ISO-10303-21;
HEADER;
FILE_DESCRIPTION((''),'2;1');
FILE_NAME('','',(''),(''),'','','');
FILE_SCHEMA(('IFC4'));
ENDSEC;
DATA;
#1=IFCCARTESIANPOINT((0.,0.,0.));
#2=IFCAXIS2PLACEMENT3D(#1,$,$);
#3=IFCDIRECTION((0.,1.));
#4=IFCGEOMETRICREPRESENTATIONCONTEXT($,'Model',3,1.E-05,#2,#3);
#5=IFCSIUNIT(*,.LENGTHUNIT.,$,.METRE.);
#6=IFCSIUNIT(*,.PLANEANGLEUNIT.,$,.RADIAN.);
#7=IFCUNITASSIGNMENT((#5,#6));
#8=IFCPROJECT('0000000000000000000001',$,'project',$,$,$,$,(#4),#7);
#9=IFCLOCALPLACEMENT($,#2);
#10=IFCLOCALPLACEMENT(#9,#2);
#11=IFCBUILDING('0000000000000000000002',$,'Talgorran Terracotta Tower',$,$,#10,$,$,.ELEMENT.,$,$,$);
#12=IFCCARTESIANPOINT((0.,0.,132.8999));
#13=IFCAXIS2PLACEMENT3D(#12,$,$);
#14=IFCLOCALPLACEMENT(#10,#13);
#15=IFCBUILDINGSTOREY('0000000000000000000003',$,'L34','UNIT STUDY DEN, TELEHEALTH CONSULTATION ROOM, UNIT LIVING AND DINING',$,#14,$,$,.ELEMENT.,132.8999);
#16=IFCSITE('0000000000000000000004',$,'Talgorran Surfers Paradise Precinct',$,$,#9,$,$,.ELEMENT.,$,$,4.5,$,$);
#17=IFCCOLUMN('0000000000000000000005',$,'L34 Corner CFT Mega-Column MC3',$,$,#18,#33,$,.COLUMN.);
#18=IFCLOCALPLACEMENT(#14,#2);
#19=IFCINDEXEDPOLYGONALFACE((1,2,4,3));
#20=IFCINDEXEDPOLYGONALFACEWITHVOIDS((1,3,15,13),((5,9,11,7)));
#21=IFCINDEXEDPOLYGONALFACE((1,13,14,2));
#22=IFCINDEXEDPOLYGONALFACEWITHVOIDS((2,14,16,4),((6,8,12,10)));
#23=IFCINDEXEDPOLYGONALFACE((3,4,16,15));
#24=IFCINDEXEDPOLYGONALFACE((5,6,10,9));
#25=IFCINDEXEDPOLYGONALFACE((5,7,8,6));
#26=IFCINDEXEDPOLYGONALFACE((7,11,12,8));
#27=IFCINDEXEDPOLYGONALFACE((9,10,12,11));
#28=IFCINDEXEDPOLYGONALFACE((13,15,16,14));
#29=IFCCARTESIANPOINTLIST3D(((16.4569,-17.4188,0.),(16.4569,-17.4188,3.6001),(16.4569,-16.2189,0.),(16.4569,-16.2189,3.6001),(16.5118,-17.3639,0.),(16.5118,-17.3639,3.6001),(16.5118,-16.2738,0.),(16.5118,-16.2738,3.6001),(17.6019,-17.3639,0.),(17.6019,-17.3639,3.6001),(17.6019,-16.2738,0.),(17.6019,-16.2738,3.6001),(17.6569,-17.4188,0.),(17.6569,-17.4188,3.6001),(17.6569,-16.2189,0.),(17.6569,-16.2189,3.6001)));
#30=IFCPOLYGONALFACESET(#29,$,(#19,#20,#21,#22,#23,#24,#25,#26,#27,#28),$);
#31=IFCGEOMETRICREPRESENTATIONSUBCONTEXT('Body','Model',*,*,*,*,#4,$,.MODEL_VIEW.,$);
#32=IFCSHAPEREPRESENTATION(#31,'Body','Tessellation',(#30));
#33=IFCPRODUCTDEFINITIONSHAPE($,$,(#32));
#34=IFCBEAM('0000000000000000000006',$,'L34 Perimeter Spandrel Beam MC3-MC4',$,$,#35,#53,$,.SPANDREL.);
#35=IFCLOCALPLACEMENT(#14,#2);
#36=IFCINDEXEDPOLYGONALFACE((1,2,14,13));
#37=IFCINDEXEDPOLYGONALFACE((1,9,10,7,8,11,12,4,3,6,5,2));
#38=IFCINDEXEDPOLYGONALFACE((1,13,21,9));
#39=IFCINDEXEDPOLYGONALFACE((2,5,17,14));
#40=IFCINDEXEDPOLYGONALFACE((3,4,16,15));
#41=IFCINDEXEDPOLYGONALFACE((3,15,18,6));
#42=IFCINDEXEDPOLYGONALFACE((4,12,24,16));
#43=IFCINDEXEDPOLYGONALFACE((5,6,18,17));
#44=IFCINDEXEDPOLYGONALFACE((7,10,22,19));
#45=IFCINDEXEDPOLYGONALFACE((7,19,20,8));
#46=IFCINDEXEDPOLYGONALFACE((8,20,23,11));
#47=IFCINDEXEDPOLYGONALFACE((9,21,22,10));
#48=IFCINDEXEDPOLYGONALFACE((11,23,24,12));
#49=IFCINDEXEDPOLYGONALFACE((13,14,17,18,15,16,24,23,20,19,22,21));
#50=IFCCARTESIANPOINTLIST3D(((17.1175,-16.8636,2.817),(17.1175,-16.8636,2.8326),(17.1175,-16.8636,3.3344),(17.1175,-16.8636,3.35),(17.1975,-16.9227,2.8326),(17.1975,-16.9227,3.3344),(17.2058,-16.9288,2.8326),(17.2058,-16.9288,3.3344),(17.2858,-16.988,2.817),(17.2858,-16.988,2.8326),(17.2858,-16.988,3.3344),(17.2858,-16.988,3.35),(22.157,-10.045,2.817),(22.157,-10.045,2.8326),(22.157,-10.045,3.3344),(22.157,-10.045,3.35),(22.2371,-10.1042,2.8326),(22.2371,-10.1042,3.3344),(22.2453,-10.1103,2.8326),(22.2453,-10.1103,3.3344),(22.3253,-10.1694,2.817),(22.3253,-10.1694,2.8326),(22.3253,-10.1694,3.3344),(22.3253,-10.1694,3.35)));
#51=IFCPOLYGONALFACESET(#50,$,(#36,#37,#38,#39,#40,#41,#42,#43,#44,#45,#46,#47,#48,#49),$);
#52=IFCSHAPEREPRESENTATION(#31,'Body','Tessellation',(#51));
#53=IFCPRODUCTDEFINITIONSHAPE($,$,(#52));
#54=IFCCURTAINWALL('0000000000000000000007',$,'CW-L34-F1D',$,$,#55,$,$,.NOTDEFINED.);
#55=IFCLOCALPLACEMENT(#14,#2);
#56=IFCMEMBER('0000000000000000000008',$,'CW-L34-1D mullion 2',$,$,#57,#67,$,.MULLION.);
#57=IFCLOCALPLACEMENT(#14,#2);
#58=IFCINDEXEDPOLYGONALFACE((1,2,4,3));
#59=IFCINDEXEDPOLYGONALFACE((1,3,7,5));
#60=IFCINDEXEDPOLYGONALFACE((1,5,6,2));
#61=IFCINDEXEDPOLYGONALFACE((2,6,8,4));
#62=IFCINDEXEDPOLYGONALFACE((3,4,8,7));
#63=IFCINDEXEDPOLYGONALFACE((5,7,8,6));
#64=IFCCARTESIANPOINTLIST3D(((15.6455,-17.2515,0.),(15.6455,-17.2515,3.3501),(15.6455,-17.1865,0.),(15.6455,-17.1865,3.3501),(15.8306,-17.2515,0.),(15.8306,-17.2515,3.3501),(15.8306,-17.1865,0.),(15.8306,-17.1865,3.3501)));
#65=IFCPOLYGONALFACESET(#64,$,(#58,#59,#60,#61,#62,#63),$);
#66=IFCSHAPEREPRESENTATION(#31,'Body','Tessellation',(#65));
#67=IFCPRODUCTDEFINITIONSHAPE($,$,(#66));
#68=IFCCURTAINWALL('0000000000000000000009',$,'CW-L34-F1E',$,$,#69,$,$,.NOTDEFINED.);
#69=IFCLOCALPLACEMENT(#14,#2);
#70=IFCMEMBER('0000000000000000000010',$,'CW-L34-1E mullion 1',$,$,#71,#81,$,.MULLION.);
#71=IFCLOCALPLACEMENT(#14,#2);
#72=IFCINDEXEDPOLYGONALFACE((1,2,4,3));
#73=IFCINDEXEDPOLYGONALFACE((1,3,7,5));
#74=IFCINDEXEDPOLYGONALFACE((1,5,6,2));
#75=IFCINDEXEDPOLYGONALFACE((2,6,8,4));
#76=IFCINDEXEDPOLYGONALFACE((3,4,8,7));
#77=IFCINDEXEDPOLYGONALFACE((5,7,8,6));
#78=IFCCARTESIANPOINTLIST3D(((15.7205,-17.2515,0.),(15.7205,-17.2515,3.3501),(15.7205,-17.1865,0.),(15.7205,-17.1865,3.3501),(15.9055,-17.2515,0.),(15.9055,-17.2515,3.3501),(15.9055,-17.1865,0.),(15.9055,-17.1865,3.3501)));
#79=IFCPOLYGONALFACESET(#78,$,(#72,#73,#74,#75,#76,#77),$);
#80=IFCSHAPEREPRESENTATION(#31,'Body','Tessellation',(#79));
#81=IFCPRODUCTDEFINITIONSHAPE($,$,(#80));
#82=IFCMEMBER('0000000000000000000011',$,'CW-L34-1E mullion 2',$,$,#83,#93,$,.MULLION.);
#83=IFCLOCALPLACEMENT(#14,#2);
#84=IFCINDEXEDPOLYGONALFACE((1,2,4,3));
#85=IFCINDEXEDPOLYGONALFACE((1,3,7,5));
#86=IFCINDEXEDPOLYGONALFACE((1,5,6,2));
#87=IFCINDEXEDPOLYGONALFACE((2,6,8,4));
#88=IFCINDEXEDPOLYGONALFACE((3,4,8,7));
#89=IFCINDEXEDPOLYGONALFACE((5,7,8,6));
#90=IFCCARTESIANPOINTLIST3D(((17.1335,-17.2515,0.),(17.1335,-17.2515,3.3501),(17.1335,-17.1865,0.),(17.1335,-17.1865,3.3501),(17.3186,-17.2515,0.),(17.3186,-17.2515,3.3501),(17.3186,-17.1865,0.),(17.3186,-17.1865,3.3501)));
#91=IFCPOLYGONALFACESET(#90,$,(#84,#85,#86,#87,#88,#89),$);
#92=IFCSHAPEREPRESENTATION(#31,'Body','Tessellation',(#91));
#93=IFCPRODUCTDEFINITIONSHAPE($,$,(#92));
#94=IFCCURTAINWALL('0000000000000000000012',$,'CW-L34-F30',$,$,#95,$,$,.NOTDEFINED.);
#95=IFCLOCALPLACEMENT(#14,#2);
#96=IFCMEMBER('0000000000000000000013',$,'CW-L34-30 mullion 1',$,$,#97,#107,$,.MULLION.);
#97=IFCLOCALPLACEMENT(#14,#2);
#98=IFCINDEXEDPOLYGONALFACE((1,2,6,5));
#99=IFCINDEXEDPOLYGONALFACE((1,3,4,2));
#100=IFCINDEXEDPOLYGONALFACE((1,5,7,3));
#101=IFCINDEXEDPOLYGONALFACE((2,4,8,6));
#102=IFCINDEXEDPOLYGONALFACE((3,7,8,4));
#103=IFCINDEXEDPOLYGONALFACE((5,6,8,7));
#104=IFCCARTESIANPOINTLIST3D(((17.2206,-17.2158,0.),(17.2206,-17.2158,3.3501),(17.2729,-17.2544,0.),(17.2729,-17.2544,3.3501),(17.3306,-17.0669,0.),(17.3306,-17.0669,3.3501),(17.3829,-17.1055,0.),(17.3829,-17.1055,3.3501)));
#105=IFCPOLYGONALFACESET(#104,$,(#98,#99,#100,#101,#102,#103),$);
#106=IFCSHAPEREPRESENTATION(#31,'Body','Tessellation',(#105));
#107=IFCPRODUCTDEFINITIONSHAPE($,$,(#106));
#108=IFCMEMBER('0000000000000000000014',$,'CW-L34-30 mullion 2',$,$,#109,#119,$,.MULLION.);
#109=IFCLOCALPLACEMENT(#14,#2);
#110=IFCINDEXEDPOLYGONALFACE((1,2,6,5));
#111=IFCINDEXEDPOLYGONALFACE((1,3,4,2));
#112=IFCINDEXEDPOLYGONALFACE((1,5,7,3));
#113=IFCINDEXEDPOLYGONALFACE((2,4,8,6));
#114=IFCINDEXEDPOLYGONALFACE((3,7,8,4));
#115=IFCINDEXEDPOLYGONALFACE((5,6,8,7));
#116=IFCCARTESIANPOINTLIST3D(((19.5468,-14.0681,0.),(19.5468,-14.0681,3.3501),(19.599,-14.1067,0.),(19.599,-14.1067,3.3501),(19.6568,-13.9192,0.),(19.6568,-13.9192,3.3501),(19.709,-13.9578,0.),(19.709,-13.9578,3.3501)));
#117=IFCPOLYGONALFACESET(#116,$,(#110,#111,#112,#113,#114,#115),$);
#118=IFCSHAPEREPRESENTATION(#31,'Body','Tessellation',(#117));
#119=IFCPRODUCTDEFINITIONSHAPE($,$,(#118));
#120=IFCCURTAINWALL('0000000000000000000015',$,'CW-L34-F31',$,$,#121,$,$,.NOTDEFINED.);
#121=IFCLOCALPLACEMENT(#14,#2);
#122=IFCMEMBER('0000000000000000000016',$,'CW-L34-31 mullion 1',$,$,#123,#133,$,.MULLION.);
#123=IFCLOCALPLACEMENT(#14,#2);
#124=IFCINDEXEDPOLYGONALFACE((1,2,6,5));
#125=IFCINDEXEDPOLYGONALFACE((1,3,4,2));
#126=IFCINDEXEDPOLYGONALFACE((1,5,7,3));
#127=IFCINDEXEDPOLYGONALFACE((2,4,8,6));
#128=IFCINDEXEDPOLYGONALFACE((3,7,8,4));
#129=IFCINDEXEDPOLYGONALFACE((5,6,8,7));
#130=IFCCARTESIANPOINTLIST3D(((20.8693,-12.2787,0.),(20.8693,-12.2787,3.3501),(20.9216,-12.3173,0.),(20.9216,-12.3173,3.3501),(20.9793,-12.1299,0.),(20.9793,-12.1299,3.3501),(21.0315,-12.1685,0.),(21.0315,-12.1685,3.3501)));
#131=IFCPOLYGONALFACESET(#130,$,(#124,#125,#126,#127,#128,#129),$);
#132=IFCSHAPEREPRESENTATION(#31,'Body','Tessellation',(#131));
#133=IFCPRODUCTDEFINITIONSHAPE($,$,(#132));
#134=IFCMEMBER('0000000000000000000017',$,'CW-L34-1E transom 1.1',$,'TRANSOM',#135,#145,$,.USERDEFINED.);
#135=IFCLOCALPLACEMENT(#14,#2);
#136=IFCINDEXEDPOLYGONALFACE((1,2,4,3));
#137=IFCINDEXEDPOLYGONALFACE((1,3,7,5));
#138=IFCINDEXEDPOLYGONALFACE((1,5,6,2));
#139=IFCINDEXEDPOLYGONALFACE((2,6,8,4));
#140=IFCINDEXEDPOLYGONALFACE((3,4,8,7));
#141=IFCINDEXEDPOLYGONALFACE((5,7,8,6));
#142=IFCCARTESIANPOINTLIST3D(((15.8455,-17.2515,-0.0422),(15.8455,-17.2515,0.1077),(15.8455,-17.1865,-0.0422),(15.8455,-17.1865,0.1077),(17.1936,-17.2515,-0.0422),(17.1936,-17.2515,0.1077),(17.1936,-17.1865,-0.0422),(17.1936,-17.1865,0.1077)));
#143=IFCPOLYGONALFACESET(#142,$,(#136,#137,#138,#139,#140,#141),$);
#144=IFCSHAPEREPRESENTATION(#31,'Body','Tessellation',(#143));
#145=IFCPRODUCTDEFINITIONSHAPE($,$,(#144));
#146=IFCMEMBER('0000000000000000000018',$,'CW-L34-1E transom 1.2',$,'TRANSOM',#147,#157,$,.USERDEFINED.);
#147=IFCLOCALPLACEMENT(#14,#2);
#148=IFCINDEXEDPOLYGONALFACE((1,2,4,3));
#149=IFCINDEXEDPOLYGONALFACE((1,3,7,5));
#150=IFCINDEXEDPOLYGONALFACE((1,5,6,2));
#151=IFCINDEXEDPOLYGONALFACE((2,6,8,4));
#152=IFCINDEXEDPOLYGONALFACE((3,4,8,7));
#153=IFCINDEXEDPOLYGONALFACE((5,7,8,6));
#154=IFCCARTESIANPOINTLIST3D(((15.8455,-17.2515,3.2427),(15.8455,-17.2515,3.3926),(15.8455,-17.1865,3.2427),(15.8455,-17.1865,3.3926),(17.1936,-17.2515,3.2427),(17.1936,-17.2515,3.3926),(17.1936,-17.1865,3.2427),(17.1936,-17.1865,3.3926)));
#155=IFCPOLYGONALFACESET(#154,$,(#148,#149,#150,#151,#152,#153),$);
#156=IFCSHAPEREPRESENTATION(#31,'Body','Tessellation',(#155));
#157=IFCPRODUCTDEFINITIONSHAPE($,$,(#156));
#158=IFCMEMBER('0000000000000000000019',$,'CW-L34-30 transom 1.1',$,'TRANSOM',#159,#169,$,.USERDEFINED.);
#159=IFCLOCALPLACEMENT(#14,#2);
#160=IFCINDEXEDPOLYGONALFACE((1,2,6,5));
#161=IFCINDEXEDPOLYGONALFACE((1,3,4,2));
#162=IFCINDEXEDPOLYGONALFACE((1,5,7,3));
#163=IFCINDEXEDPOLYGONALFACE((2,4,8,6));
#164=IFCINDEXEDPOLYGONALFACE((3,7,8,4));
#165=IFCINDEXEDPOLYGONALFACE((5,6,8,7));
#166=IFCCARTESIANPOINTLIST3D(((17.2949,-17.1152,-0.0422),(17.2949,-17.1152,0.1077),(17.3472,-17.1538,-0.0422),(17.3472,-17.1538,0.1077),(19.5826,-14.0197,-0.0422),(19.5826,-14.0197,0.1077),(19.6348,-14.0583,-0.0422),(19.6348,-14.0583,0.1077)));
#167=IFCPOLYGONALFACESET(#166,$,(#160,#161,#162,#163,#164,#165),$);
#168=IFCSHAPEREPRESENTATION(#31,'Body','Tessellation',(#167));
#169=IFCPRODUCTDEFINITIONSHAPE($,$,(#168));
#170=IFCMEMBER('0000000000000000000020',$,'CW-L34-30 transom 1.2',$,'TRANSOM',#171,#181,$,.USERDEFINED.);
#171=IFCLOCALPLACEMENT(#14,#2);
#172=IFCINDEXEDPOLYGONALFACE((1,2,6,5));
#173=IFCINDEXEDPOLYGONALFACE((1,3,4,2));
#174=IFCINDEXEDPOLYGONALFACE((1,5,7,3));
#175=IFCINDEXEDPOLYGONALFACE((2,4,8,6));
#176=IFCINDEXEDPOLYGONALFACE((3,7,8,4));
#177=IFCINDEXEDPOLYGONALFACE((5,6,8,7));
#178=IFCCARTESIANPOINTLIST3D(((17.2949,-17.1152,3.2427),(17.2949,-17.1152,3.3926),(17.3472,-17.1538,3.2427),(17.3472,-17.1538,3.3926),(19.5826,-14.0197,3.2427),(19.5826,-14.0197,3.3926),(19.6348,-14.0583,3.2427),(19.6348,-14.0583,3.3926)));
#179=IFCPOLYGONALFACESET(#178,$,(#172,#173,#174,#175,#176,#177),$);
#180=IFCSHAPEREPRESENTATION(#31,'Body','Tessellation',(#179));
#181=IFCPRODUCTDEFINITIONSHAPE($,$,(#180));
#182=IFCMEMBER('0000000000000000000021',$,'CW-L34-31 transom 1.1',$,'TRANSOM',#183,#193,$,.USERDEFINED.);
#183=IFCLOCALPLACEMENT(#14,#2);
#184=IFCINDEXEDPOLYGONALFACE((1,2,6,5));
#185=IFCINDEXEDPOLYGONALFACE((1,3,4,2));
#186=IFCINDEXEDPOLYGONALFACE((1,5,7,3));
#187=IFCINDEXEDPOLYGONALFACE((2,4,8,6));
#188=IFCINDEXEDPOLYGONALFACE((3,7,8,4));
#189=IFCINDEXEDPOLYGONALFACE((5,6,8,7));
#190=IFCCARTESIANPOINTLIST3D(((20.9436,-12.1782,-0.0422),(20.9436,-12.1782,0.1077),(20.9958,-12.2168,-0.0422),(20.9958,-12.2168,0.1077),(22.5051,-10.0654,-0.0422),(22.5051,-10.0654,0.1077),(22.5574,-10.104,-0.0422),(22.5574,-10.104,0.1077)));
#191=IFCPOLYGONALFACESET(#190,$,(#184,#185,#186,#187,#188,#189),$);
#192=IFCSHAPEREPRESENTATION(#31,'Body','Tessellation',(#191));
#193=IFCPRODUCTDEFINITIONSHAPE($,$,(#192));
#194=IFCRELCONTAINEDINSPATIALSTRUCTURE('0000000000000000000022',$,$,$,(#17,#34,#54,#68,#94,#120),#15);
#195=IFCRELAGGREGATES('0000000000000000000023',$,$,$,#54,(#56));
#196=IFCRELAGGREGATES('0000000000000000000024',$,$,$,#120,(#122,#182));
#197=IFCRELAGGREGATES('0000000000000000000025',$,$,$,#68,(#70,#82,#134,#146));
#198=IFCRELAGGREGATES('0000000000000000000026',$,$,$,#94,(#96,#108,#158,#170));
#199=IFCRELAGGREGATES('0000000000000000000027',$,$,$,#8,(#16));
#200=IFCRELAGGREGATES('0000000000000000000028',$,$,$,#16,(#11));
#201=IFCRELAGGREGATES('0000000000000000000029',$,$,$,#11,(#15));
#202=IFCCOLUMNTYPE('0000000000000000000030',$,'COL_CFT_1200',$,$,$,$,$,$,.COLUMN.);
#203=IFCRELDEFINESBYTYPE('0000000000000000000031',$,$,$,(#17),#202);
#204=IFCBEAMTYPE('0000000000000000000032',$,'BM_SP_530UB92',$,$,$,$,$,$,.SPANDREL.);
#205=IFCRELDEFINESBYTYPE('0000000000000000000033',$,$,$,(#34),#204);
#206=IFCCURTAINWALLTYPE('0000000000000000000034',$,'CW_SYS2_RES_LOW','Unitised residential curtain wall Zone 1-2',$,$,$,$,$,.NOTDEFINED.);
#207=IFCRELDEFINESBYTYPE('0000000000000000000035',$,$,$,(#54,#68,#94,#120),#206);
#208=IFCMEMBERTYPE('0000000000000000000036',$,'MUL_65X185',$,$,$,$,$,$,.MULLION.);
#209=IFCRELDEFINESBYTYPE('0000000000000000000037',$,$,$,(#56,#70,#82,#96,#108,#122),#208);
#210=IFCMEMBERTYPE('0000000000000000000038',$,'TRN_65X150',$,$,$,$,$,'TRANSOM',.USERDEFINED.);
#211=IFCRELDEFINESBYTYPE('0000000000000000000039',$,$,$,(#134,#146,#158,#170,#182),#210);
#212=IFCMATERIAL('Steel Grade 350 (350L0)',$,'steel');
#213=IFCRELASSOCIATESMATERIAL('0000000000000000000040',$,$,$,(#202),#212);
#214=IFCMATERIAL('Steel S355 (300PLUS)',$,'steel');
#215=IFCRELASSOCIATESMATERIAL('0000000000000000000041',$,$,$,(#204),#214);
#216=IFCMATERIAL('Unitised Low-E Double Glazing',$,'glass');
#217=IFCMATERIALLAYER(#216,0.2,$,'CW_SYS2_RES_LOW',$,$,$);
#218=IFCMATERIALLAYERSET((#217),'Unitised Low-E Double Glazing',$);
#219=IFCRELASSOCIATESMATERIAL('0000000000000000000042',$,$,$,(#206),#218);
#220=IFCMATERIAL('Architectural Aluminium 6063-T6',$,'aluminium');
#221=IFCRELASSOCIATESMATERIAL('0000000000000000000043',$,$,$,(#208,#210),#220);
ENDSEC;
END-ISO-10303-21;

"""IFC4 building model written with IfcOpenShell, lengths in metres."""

from ifc_helpers import new_model, si_unit, direction, frame, origin, origin_2d, place, context, subcontext, project, spatial, rectangle, hollow_rectangle, i_section, extrude, material, layer, layer_set, material_profile, profile_set, type_object, element, aggregate, save


model = new_model("IFC4")

# Units and contexts
model_context = context("Model", 3, precision=1e-05, world=origin(), true_north=direction((0.0, 1.0)))
body_context = subcontext(model_context, "Body", "Model", "MODEL_VIEW")
ifc_project = project(units=[si_unit("LENGTHUNIT", "METRE"), si_unit("PLANEANGLEUNIT", "RADIAN")], contexts=[model_context])

# Site, building, storey
site_placement = place(None, origin())
site = spatial("IfcSite", under=ifc_project, at=site_placement, Name="Talgorran Surfers Paradise Precinct", CompositionType="ELEMENT", RefElevation=4.5)
building_placement = place(site_placement, origin())
building = spatial("IfcBuilding", under=site, at=building_placement, Name="Talgorran Terracotta Tower", CompositionType="ELEMENT")
storey_placement = place(building_placement, frame((0.0, 0.0, 132.8999)))
storey = spatial("IfcBuildingStorey", under=building, at=storey_placement, Name="L34", Description="UNIT STUDY DEN, TELEHEALTH CONSULTATION ROOM, UNIT LIVING AND DINING", CompositionType="ELEMENT", Elevation=132.8999)

# Column
ifc_material_1 = material(Name="Steel Grade 350 (350L0)", Category="steel")
ifc_material_profile_1 = material_profile(ifc_material_1, hollow_rectangle(XDim=1.2, YDim=1.2, WallThickness=0.0549, at=origin_2d()), Name="CFT1200X1200X55")
ifc_profile_set_1 = profile_set([ifc_material_profile_1], Name="Steel Grade 350 (350L0)")
column_type = type_object("IfcColumnType", Name="COL_CFT_1200", PredefinedType="COLUMN", material=ifc_profile_set_1)
column_placement = place(storey_placement, frame((17.0569, -16.8188, 0.0), z_axis=(0.0, 0.0, 1.0), x_axis=(1.0, 0.0, 0.0)))
element("IfcColumn", 1, at=column_placement, inside=storey, type_object=column_type, Name="L34 Corner CFT Mega-Column MC3", PredefinedType="COLUMN", context=body_context, shape_type="SweptSolid", body=[
    extrude(hollow_rectangle(XDim=1.2, YDim=1.2, WallThickness=0.0549, at=origin_2d()), origin(), (0.0, 0.0, 1.0), 3.6001),
])

# Beam
ifc_material_2 = material(Name="Steel S355 (300PLUS)", Category="steel")
ifc_material_profile_2 = material_profile(ifc_material_2, i_section(OverallWidth=0.2092, OverallDepth=0.533, WebThickness=0.0103, FlangeThickness=0.0156, at=origin_2d()), Name="530UB92.4")
ifc_profile_set_2 = profile_set([ifc_material_profile_2], Name="Steel S355 (300PLUS)")
beam_type = type_object("IfcBeamType", Name="BM_SP_530UB92", PredefinedType="SPANDREL", material=ifc_profile_set_2)
beam_placement = place(storey_placement, frame((17.2017, -16.9258, 3.0835), z_axis=(0.594369, 0.804192, 0.0), x_axis=(-0.804192, 0.594369, 0.0)))
element("IfcBeam", 2, at=beam_placement, inside=storey, type_object=beam_type, Name="L34 Perimeter Spandrel Beam MC3-MC4", PredefinedType="SPANDREL", context=body_context, shape_type="SweptSolid", body=[
    extrude(i_section(OverallWidth=0.2092, OverallDepth=0.533, WebThickness=0.0103, FlangeThickness=0.0156, at=origin_2d()), origin(), (0.0, 0.0, 1.0), 8.4788),
])

# Curtain wall, member
ifc_material_3 = material(Name="Unitised Low-E Double Glazing", Category="glass")
ifc_layer_1 = layer(ifc_material_3, 0.2, Name="CW_SYS2_RES_LOW")
ifc_layer_set_1 = layer_set([ifc_layer_1], Name="Unitised Low-E Double Glazing")
curtain_wall_type = type_object("IfcCurtainWallType", Name="CW_SYS2_RES_LOW", Description="Unitised residential curtain wall Zone 1-2", PredefinedType="NOTDEFINED", material=ifc_layer_set_1)
curtain_wall_1_placement = place(storey_placement, origin())
curtain_wall_1 = element("IfcCurtainWall", 3, at=curtain_wall_1_placement, inside=storey, type_object=curtain_wall_type, Name="CW-L34-F1D", PredefinedType="NOTDEFINED")
ifc_material_4 = material(Name="Architectural Aluminium 6063-T6", Category="aluminium")
ifc_material_profile_3 = material_profile(ifc_material_4, rectangle(XDim=0.0649, YDim=0.1851, at=origin_2d()), Name="CWM65X185")
ifc_profile_set_3 = profile_set([ifc_material_profile_3], Name="Architectural Aluminium 6063-T6")
member_type_1 = type_object("IfcMemberType", Name="MUL_65X185", PredefinedType="MULLION", material=ifc_profile_set_3)
member_1_placement = place(storey_placement, frame((15.738, -17.219, 0.0), z_axis=(0.0, 0.0, 1.0), x_axis=(0.0, 1.0, 0.0)))
member_1 = element("IfcMember", 4, at=member_1_placement, type_object=member_type_1, Name="CW-L34-1D mullion 2", PredefinedType="MULLION", context=body_context, shape_type="SweptSolid", body=[
    extrude(rectangle(XDim=0.0649, YDim=0.1851, at=origin_2d()), origin(), (0.0, 0.0, 1.0), 3.3501),
])
aggregate(curtain_wall_1, [member_1])

# Curtain walls, members
curtain_wall_2_placement = place(storey_placement, origin())
curtain_wall_2 = element("IfcCurtainWall", 5, at=curtain_wall_2_placement, inside=storey, type_object=curtain_wall_type, Name="CW-L34-F1E", PredefinedType="NOTDEFINED")
member_2_placement = place(storey_placement, frame((15.813, -17.219, 0.0), z_axis=(0.0, 0.0, 1.0), x_axis=(0.0, 1.0, 0.0)))
member_2 = element("IfcMember", 6, at=member_2_placement, type_object=member_type_1, Name="CW-L34-1E mullion 1", PredefinedType="MULLION", context=body_context, shape_type="SweptSolid", body=[
    extrude(rectangle(XDim=0.0649, YDim=0.1851, at=origin_2d()), origin(), (0.0, 0.0, 1.0), 3.3501),
])
member_3_placement = place(storey_placement, frame((17.2261, -17.219, 0.0), z_axis=(0.0, 0.0, 1.0), x_axis=(0.0, 1.0, 0.0)))
member_3 = element("IfcMember", 7, at=member_3_placement, type_object=member_type_1, Name="CW-L34-1E mullion 2", PredefinedType="MULLION", context=body_context, shape_type="SweptSolid", body=[
    extrude(rectangle(XDim=0.0649, YDim=0.1851, at=origin_2d()), origin(), (0.0, 0.0, 1.0), 3.3501),
])
curtain_wall_3_placement = place(storey_placement, origin())
curtain_wall_3 = element("IfcCurtainWall", 8, at=curtain_wall_3_placement, inside=storey, type_object=curtain_wall_type, Name="CW-L34-F30", PredefinedType="NOTDEFINED")
member_4_placement = place(storey_placement, frame((17.3018, -17.1606, 0.0), z_axis=(0.0, 0.0, 1.0), x_axis=(-0.804205, 0.594351, 0.0)))
member_4 = element("IfcMember", 9, at=member_4_placement, type_object=member_type_1, Name="CW-L34-30 mullion 1", PredefinedType="MULLION", context=body_context, shape_type="SweptSolid", body=[
    extrude(rectangle(XDim=0.0649, YDim=0.1851, at=origin_2d()), origin(), (0.0, 0.0, 1.0), 3.3501),
])
member_5_placement = place(storey_placement, frame((19.6279, -14.0129, 0.0), z_axis=(0.0, 0.0, 1.0), x_axis=(-0.804205, 0.594351, 0.0)))
member_5 = element("IfcMember", 10, at=member_5_placement, type_object=member_type_1, Name="CW-L34-30 mullion 2", PredefinedType="MULLION", context=body_context, shape_type="SweptSolid", body=[
    extrude(rectangle(XDim=0.0649, YDim=0.1851, at=origin_2d()), origin(), (0.0, 0.0, 1.0), 3.3501),
])

# Curtain wall, member
curtain_wall_4_placement = place(storey_placement, origin())
curtain_wall_4 = element("IfcCurtainWall", 11, at=curtain_wall_4_placement, inside=storey, type_object=curtain_wall_type, Name="CW-L34-F31", PredefinedType="NOTDEFINED")
member_6_placement = place(storey_placement, frame((20.9504, -12.2236, 0.0), z_axis=(0.0, 0.0, 1.0), x_axis=(-0.804189, 0.594374, 0.0)))
member_6 = element("IfcMember", 12, at=member_6_placement, type_object=member_type_1, Name="CW-L34-31 mullion 1", PredefinedType="MULLION", context=body_context, shape_type="SweptSolid", body=[
    extrude(rectangle(XDim=0.0649, YDim=0.1851, at=origin_2d()), origin(), (0.0, 0.0, 1.0), 3.3501),
])

# Members
ifc_material_profile_4 = material_profile(ifc_material_4, rectangle(XDim=0.0649, YDim=0.1499, at=origin_2d()), Name="CWT65X150")
ifc_profile_set_4 = profile_set([ifc_material_profile_4], Name="Architectural Aluminium 6063-T6")
member_type_2 = type_object("IfcMemberType", Name="TRN_65X150", ElementType="TRANSOM", PredefinedType="USERDEFINED", material=ifc_profile_set_4)
member_7_placement = place(storey_placement, frame((15.8455, -17.219, 0.0327), z_axis=(1.0, 0.0, 0.0), x_axis=(0.0, 1.0, 0.0)))
member_7 = element("IfcMember", 13, at=member_7_placement, type_object=member_type_2, Name="CW-L34-1E transom 1.1", ObjectType="TRANSOM", PredefinedType="USERDEFINED", context=body_context, shape_type="SweptSolid", body=[
    extrude(rectangle(XDim=0.0649, YDim=0.1499, at=origin_2d()), origin(), (0.0, 0.0, 1.0), 1.3481),
])
member_8_placement = place(storey_placement, frame((15.8455, -17.219, 3.3176), z_axis=(1.0, 0.0, 0.0), x_axis=(0.0, 1.0, 0.0)))
member_8 = element("IfcMember", 14, at=member_8_placement, type_object=member_type_2, Name="CW-L34-1E transom 1.2", ObjectType="TRANSOM", PredefinedType="USERDEFINED", context=body_context, shape_type="SweptSolid", body=[
    extrude(rectangle(XDim=0.0649, YDim=0.1499, at=origin_2d()), origin(), (0.0, 0.0, 1.0), 1.3481),
])
member_9_placement = place(storey_placement, frame((17.321, -17.1345, 0.0327), z_axis=(0.594332, 0.80422, 0.0), x_axis=(-0.80422, 0.594332, 0.0)))
member_9 = element("IfcMember", 15, at=member_9_placement, type_object=member_type_2, Name="CW-L34-30 transom 1.1", ObjectType="TRANSOM", PredefinedType="USERDEFINED", context=body_context, shape_type="SweptSolid", body=[
    extrude(rectangle(XDim=0.0649, YDim=0.1499, at=origin_2d()), origin(), (0.0, 0.0, 1.0), 3.8491),
])
member_10_placement = place(storey_placement, frame((17.321, -17.1345, 3.3176), z_axis=(0.594332, 0.80422, 0.0), x_axis=(-0.80422, 0.594332, 0.0)))
member_10 = element("IfcMember", 16, at=member_10_placement, type_object=member_type_2, Name="CW-L34-30 transom 1.2", ObjectType="TRANSOM", PredefinedType="USERDEFINED", context=body_context, shape_type="SweptSolid", body=[
    extrude(rectangle(XDim=0.0649, YDim=0.1499, at=origin_2d()), origin(), (0.0, 0.0, 1.0), 3.8491),
])
member_11_placement = place(storey_placement, frame((20.9697, -12.1975, 0.0327), z_axis=(0.594365, 0.804195, 0.0), x_axis=(-0.804195, 0.594365, 0.0)))
member_11 = element("IfcMember", 17, at=member_11_placement, type_object=member_type_2, Name="CW-L34-31 transom 1.1", ObjectType="TRANSOM", PredefinedType="USERDEFINED", context=body_context, shape_type="SweptSolid", body=[
    extrude(rectangle(XDim=0.0649, YDim=0.1499, at=origin_2d()), origin(), (0.0, 0.0, 1.0), 2.6272),
])
aggregate(curtain_wall_4, [member_6, member_11])

aggregate(curtain_wall_2, [member_2, member_3, member_7, member_8])
aggregate(curtain_wall_3, [member_4, member_5, member_9, member_10])

save(model, "model.ifc")
